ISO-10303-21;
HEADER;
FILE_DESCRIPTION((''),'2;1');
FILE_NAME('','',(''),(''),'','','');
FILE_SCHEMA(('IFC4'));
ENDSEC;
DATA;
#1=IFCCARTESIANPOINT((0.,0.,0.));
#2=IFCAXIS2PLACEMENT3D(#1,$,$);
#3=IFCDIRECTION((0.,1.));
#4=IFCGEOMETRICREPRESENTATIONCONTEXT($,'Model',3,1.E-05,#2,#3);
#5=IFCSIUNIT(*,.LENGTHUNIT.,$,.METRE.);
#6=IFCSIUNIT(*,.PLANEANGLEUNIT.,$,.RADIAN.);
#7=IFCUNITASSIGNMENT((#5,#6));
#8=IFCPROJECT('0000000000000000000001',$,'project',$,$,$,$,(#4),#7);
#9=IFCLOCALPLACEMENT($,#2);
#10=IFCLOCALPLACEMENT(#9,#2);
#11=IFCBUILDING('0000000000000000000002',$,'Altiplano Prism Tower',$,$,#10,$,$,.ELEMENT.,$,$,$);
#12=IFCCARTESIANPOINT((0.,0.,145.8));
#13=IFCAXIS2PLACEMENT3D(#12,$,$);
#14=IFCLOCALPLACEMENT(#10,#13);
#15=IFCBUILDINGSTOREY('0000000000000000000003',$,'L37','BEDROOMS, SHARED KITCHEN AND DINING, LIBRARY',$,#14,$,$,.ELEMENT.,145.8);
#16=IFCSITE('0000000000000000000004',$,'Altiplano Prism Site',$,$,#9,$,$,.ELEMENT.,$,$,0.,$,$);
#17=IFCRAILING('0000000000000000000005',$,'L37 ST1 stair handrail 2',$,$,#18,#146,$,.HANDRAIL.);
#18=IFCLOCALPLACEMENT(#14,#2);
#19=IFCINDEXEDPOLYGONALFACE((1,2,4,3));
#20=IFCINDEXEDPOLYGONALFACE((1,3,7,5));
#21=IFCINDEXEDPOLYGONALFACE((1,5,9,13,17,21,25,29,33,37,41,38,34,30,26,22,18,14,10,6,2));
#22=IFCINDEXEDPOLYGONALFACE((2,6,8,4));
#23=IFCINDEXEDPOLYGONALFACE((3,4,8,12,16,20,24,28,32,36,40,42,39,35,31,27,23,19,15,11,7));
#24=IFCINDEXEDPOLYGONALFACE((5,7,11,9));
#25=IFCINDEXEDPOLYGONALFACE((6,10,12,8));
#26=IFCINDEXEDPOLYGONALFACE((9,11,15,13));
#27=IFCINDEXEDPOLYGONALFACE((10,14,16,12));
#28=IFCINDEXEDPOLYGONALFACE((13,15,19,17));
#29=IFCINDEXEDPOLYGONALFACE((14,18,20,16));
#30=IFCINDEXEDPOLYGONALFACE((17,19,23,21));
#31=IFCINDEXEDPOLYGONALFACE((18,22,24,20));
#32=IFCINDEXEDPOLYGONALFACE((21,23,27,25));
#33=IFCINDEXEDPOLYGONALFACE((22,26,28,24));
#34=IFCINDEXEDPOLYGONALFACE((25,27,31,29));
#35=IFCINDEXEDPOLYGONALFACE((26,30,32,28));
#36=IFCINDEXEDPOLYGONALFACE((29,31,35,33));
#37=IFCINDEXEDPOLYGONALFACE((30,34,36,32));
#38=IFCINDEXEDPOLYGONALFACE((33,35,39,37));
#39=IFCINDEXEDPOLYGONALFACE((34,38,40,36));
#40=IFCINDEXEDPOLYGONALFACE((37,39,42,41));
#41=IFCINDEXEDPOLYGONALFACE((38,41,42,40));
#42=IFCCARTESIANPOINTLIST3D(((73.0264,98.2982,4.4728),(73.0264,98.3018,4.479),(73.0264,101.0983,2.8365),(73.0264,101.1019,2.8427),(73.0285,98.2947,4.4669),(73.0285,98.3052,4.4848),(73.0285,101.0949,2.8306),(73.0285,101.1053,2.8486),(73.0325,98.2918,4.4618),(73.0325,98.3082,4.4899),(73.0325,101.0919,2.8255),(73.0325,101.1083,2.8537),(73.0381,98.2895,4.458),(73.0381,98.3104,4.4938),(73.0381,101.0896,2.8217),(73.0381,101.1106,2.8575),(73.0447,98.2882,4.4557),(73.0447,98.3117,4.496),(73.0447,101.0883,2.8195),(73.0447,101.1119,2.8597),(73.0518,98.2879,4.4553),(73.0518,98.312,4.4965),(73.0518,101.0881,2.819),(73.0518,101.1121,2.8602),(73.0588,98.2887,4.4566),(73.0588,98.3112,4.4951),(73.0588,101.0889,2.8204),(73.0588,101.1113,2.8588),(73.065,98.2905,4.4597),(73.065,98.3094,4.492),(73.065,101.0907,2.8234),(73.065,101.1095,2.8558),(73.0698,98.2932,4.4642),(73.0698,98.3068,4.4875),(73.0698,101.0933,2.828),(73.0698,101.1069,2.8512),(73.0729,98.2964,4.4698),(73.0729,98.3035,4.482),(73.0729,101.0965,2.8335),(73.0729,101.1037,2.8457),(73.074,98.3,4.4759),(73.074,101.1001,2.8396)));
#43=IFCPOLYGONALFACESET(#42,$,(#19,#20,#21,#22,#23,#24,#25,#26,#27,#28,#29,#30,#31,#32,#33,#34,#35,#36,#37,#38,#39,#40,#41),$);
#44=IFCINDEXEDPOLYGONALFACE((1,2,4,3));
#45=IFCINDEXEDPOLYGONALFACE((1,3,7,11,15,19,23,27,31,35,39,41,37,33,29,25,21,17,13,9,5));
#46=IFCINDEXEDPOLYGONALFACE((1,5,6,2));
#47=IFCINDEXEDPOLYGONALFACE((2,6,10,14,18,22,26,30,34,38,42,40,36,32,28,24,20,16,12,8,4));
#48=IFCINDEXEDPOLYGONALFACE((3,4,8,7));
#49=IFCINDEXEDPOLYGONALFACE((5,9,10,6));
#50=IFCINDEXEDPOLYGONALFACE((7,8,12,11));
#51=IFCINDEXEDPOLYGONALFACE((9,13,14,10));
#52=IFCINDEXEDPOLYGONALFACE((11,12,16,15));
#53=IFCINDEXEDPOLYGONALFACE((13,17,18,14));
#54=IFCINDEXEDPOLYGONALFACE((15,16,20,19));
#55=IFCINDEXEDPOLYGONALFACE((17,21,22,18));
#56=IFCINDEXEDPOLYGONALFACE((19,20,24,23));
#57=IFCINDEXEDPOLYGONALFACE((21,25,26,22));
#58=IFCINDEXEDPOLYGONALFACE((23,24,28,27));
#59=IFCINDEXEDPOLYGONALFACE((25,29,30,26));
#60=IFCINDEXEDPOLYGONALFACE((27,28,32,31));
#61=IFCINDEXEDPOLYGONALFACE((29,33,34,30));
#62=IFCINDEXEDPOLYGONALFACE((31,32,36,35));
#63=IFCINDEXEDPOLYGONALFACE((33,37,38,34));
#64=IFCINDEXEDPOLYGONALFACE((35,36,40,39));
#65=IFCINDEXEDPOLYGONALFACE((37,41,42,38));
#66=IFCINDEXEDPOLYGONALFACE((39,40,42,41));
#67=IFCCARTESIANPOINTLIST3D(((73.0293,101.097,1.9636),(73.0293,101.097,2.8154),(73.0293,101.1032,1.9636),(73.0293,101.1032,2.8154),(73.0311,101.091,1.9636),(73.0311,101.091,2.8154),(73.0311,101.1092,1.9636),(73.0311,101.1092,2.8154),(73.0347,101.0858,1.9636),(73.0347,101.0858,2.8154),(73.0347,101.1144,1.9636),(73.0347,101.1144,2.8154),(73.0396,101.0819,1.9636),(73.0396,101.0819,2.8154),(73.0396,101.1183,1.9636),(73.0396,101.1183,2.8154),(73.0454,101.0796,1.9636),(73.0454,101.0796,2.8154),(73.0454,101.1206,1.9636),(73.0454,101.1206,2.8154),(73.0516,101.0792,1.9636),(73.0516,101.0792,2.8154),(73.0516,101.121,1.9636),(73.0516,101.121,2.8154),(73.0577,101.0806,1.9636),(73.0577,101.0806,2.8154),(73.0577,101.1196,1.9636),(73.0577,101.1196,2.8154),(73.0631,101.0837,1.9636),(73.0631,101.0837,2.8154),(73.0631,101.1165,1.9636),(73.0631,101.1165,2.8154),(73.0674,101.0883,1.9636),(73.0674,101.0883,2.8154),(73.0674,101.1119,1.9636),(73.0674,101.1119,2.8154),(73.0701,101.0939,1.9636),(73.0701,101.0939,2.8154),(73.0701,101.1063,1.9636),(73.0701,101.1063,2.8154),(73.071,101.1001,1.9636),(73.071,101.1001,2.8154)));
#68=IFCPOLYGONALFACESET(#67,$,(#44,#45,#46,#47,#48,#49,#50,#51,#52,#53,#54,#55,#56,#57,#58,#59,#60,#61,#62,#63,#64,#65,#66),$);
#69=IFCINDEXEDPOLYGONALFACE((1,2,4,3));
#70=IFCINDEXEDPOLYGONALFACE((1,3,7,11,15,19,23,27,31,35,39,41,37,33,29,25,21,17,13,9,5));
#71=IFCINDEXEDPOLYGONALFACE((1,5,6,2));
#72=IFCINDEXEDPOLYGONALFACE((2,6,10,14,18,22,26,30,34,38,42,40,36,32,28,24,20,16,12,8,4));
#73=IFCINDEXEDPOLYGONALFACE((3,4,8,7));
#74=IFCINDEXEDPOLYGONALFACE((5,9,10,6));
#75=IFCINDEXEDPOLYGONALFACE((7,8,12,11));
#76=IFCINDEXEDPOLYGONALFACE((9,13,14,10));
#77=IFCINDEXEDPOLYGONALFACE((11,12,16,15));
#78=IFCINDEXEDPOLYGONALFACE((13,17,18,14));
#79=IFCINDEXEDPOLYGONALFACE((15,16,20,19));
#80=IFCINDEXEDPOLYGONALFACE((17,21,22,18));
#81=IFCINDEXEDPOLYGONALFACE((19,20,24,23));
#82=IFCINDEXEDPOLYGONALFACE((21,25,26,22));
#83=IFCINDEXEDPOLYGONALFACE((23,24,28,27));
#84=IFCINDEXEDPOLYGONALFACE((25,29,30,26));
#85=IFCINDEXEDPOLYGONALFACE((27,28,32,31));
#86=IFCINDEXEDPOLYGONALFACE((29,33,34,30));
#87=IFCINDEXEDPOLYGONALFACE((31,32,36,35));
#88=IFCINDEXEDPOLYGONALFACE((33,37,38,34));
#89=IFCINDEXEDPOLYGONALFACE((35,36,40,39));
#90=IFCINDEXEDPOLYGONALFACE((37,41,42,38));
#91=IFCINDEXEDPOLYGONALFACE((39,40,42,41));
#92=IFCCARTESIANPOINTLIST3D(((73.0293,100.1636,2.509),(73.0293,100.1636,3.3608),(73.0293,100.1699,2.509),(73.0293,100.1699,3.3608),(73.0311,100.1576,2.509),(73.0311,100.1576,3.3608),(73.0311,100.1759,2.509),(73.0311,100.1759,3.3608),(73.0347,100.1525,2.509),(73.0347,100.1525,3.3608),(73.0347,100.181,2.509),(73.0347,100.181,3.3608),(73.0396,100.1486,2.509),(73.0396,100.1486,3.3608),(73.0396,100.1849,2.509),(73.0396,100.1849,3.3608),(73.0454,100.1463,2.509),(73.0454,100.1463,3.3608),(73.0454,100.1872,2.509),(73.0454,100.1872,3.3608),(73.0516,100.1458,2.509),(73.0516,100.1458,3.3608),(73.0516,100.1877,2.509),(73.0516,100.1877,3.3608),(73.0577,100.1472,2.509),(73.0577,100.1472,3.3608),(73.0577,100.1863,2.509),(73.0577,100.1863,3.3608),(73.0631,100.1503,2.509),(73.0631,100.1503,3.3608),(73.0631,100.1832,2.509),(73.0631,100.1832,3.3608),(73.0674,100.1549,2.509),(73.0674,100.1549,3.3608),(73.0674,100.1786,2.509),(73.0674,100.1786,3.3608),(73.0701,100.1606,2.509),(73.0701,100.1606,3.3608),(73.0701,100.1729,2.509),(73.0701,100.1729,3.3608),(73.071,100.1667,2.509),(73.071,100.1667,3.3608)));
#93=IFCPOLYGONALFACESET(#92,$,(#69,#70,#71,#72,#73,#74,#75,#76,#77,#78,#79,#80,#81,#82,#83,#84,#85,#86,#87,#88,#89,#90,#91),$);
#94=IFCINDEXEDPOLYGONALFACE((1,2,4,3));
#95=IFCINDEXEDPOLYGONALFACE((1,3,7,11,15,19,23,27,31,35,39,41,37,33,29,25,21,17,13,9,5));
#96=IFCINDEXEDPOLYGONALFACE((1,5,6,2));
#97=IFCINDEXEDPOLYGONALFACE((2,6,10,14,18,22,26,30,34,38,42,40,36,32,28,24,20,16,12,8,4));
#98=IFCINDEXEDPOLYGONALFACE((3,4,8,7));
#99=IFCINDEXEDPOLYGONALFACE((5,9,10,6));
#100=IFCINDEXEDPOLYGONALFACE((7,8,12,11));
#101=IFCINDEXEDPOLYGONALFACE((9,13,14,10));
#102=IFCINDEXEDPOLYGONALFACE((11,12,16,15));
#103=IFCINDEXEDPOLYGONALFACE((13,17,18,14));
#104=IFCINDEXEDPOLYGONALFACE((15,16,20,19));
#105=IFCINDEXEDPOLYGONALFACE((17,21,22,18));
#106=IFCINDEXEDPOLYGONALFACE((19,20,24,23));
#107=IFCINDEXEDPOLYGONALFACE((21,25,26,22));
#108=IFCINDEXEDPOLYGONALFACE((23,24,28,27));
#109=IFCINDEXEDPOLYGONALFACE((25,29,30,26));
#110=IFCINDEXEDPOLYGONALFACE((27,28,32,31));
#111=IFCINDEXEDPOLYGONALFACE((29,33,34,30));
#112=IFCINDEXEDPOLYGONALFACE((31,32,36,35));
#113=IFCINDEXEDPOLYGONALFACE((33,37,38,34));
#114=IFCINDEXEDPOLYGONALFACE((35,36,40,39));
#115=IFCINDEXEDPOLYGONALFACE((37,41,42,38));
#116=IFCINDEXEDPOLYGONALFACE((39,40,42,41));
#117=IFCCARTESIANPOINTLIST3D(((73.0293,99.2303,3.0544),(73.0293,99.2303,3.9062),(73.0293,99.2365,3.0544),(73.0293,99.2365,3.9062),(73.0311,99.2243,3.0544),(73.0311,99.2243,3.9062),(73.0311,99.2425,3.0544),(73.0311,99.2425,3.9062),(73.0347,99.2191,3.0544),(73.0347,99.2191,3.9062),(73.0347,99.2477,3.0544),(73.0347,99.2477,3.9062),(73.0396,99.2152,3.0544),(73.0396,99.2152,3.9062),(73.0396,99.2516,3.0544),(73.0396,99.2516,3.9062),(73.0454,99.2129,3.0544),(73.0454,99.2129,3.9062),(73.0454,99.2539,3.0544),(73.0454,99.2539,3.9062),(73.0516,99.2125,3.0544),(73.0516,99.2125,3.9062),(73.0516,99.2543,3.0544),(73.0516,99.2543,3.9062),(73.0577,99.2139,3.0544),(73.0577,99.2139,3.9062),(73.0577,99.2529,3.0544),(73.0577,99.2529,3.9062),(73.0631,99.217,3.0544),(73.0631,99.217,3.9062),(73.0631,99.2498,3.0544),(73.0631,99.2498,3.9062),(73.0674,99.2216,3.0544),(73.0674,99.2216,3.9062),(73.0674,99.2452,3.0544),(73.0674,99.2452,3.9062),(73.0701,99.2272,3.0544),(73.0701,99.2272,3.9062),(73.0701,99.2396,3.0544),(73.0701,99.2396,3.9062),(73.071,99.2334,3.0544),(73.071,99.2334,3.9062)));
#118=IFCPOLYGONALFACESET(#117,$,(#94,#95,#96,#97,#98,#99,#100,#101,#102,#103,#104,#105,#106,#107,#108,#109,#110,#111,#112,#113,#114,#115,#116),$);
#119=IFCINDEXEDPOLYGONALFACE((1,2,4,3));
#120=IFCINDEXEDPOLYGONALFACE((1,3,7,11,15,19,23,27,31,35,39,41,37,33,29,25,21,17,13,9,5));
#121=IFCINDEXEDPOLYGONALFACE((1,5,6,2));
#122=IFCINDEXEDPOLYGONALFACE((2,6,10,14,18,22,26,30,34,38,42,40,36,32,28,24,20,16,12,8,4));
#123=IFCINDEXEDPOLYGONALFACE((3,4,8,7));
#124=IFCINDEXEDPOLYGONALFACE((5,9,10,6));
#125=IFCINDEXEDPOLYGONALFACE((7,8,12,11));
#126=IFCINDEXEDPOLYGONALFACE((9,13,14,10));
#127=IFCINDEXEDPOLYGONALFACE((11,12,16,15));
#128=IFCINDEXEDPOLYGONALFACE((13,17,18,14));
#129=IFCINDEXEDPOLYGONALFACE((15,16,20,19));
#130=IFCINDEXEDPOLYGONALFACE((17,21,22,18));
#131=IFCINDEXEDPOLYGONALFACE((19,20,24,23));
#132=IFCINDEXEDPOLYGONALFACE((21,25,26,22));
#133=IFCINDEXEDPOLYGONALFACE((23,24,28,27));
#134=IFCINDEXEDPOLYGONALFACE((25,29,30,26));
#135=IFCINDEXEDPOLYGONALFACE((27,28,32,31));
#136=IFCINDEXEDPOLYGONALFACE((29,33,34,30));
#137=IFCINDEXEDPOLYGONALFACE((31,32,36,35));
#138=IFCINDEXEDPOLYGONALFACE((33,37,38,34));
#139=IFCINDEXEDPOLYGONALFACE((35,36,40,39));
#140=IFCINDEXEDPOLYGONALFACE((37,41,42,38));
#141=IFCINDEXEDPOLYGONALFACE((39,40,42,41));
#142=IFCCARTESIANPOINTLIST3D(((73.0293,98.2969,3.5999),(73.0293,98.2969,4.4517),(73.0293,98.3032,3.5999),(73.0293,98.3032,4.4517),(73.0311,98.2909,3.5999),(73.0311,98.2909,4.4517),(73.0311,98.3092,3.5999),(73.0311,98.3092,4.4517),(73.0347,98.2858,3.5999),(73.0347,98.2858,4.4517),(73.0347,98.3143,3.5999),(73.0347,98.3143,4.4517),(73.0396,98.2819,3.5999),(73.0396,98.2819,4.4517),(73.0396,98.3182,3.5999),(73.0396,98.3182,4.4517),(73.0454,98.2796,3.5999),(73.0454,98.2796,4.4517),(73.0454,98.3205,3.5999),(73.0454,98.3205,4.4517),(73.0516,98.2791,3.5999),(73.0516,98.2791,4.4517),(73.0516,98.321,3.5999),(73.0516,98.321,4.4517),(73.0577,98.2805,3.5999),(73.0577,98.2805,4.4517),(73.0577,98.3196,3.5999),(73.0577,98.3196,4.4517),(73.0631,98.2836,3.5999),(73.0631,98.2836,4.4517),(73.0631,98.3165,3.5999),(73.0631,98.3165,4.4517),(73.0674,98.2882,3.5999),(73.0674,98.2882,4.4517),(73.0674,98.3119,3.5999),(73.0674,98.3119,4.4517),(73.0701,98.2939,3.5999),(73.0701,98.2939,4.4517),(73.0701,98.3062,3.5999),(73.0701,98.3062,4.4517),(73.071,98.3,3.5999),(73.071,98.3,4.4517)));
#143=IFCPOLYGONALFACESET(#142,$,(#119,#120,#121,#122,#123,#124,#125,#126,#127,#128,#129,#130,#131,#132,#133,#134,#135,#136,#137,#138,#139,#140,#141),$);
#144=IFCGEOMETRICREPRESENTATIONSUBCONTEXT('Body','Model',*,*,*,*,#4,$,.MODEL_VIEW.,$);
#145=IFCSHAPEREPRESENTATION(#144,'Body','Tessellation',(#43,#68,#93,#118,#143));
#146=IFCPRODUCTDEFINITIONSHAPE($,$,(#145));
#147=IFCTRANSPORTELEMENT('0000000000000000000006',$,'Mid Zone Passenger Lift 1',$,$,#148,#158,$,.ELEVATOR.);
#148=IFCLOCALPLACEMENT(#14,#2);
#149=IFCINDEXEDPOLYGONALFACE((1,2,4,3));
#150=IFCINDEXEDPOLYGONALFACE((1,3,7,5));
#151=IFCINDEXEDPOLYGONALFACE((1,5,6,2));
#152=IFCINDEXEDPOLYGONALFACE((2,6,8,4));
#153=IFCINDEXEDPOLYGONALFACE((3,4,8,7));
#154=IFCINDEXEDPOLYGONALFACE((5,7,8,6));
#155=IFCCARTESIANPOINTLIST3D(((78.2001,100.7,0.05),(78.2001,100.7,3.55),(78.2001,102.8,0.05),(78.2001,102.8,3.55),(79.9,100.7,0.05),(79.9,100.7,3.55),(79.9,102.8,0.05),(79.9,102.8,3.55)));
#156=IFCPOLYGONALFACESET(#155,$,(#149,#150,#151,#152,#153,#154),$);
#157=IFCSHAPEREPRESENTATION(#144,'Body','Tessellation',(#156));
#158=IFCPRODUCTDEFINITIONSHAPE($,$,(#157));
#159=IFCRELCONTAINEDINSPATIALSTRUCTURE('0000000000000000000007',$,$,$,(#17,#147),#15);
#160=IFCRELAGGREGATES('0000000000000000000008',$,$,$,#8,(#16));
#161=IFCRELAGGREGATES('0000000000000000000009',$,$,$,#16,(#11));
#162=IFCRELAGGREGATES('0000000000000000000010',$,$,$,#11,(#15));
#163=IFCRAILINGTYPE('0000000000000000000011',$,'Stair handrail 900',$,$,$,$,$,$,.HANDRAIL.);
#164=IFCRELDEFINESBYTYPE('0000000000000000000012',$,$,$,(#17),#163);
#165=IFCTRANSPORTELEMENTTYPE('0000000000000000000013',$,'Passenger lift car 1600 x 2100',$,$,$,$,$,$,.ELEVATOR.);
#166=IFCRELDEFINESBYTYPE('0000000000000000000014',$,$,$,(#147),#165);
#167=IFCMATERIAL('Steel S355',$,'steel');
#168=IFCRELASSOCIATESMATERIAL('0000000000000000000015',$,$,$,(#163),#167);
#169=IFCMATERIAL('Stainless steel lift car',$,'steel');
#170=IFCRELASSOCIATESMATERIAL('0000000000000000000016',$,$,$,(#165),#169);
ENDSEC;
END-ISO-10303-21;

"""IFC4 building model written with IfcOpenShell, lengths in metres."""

from ifc_helpers import new_model, si_unit, direction, frame, origin, origin_2d, place, context, subcontext, project, spatial, rectangle, circle, extrude, material, type_object, element, save


model = new_model("IFC4")

# Units and contexts
model_context = context("Model", 3, precision=1e-05, world=origin(), true_north=direction((0.0, 1.0)))
body_context = subcontext(model_context, "Body", "Model", "MODEL_VIEW")
ifc_project = project(units=[si_unit("LENGTHUNIT", "METRE"), si_unit("PLANEANGLEUNIT", "RADIAN")], contexts=[model_context])

# Site, building, storey
site_placement = place(None, origin())
site = spatial("IfcSite", under=ifc_project, at=site_placement, Name="Altiplano Prism Site", CompositionType="ELEMENT", RefElevation=0.0)
building_placement = place(site_placement, origin())
building = spatial("IfcBuilding", under=site, at=building_placement, Name="Altiplano Prism Tower", CompositionType="ELEMENT")
storey_placement = place(building_placement, frame((0.0, 0.0, 145.8)))
storey = spatial("IfcBuildingStorey", under=building, at=storey_placement, Name="L37", Description="BEDROOMS, SHARED KITCHEN AND DINING, LIBRARY", CompositionType="ELEMENT", Elevation=145.8)

# Railing
ifc_material_1 = material(Name="Steel S355", Category="steel")
railing_type = type_object("IfcRailingType", Name="Stair handrail 900", PredefinedType="HANDRAIL", material=ifc_material_1)
railing_placement = place(storey_placement, frame((73.05, 101.1001, 1.9636)))
element("IfcRailing", 1, at=railing_placement, inside=storey, type_object=railing_type, Name="L37 ST1 stair handrail 2", PredefinedType="HANDRAIL", context=body_context, shape_type="SweptSolid", body=[
    extrude(circle(Radius=0.0239, at=origin_2d()), frame((0.0, 0.0, 0.876), z_axis=(0.0, -0.863394, 0.504531), x_axis=(1.0, 0.0, 0.0)), (0.0, 0.0, 1.0), 3.2432),
    extrude(circle(Radius=0.021, at=origin_2d()), origin(), (0.0, 0.0, 1.0), 0.8518),
    extrude(circle(Radius=0.021, at=origin_2d()), frame((0.0, -0.9333, 0.5454)), (0.0, 0.0, 1.0), 0.8518),
    extrude(circle(Radius=0.021, at=origin_2d()), frame((0.0, -1.8667, 1.0908)), (0.0, 0.0, 1.0), 0.8518),
    extrude(circle(Radius=0.021, at=origin_2d()), frame((0.0, -2.8, 1.6362)), (0.0, 0.0, 1.0), 0.8518),
])

# Transport element
ifc_material_2 = material(Name="Stainless steel lift car", Category="steel")
transport_element_type = type_object("IfcTransportElementType", Name="Passenger lift car 1600 x 2100", PredefinedType="ELEVATOR", material=ifc_material_2)
transport_element_placement = place(storey_placement, frame((79.05, 101.75, 0.05), z_axis=(0.0, 0.0, 1.0), x_axis=(1.0, 0.0, 0.0)))
element("IfcTransportElement", 2, at=transport_element_placement, inside=storey, type_object=transport_element_type, Name="Mid Zone Passenger Lift 1", PredefinedType="ELEVATOR", context=body_context, shape_type="SweptSolid", body=[
    extrude(rectangle(XDim=1.7, YDim=2.1001, at=origin_2d()), origin(), (0.0, 0.0, 1.0), 3.5),
])

save(model, "model.ifc")
